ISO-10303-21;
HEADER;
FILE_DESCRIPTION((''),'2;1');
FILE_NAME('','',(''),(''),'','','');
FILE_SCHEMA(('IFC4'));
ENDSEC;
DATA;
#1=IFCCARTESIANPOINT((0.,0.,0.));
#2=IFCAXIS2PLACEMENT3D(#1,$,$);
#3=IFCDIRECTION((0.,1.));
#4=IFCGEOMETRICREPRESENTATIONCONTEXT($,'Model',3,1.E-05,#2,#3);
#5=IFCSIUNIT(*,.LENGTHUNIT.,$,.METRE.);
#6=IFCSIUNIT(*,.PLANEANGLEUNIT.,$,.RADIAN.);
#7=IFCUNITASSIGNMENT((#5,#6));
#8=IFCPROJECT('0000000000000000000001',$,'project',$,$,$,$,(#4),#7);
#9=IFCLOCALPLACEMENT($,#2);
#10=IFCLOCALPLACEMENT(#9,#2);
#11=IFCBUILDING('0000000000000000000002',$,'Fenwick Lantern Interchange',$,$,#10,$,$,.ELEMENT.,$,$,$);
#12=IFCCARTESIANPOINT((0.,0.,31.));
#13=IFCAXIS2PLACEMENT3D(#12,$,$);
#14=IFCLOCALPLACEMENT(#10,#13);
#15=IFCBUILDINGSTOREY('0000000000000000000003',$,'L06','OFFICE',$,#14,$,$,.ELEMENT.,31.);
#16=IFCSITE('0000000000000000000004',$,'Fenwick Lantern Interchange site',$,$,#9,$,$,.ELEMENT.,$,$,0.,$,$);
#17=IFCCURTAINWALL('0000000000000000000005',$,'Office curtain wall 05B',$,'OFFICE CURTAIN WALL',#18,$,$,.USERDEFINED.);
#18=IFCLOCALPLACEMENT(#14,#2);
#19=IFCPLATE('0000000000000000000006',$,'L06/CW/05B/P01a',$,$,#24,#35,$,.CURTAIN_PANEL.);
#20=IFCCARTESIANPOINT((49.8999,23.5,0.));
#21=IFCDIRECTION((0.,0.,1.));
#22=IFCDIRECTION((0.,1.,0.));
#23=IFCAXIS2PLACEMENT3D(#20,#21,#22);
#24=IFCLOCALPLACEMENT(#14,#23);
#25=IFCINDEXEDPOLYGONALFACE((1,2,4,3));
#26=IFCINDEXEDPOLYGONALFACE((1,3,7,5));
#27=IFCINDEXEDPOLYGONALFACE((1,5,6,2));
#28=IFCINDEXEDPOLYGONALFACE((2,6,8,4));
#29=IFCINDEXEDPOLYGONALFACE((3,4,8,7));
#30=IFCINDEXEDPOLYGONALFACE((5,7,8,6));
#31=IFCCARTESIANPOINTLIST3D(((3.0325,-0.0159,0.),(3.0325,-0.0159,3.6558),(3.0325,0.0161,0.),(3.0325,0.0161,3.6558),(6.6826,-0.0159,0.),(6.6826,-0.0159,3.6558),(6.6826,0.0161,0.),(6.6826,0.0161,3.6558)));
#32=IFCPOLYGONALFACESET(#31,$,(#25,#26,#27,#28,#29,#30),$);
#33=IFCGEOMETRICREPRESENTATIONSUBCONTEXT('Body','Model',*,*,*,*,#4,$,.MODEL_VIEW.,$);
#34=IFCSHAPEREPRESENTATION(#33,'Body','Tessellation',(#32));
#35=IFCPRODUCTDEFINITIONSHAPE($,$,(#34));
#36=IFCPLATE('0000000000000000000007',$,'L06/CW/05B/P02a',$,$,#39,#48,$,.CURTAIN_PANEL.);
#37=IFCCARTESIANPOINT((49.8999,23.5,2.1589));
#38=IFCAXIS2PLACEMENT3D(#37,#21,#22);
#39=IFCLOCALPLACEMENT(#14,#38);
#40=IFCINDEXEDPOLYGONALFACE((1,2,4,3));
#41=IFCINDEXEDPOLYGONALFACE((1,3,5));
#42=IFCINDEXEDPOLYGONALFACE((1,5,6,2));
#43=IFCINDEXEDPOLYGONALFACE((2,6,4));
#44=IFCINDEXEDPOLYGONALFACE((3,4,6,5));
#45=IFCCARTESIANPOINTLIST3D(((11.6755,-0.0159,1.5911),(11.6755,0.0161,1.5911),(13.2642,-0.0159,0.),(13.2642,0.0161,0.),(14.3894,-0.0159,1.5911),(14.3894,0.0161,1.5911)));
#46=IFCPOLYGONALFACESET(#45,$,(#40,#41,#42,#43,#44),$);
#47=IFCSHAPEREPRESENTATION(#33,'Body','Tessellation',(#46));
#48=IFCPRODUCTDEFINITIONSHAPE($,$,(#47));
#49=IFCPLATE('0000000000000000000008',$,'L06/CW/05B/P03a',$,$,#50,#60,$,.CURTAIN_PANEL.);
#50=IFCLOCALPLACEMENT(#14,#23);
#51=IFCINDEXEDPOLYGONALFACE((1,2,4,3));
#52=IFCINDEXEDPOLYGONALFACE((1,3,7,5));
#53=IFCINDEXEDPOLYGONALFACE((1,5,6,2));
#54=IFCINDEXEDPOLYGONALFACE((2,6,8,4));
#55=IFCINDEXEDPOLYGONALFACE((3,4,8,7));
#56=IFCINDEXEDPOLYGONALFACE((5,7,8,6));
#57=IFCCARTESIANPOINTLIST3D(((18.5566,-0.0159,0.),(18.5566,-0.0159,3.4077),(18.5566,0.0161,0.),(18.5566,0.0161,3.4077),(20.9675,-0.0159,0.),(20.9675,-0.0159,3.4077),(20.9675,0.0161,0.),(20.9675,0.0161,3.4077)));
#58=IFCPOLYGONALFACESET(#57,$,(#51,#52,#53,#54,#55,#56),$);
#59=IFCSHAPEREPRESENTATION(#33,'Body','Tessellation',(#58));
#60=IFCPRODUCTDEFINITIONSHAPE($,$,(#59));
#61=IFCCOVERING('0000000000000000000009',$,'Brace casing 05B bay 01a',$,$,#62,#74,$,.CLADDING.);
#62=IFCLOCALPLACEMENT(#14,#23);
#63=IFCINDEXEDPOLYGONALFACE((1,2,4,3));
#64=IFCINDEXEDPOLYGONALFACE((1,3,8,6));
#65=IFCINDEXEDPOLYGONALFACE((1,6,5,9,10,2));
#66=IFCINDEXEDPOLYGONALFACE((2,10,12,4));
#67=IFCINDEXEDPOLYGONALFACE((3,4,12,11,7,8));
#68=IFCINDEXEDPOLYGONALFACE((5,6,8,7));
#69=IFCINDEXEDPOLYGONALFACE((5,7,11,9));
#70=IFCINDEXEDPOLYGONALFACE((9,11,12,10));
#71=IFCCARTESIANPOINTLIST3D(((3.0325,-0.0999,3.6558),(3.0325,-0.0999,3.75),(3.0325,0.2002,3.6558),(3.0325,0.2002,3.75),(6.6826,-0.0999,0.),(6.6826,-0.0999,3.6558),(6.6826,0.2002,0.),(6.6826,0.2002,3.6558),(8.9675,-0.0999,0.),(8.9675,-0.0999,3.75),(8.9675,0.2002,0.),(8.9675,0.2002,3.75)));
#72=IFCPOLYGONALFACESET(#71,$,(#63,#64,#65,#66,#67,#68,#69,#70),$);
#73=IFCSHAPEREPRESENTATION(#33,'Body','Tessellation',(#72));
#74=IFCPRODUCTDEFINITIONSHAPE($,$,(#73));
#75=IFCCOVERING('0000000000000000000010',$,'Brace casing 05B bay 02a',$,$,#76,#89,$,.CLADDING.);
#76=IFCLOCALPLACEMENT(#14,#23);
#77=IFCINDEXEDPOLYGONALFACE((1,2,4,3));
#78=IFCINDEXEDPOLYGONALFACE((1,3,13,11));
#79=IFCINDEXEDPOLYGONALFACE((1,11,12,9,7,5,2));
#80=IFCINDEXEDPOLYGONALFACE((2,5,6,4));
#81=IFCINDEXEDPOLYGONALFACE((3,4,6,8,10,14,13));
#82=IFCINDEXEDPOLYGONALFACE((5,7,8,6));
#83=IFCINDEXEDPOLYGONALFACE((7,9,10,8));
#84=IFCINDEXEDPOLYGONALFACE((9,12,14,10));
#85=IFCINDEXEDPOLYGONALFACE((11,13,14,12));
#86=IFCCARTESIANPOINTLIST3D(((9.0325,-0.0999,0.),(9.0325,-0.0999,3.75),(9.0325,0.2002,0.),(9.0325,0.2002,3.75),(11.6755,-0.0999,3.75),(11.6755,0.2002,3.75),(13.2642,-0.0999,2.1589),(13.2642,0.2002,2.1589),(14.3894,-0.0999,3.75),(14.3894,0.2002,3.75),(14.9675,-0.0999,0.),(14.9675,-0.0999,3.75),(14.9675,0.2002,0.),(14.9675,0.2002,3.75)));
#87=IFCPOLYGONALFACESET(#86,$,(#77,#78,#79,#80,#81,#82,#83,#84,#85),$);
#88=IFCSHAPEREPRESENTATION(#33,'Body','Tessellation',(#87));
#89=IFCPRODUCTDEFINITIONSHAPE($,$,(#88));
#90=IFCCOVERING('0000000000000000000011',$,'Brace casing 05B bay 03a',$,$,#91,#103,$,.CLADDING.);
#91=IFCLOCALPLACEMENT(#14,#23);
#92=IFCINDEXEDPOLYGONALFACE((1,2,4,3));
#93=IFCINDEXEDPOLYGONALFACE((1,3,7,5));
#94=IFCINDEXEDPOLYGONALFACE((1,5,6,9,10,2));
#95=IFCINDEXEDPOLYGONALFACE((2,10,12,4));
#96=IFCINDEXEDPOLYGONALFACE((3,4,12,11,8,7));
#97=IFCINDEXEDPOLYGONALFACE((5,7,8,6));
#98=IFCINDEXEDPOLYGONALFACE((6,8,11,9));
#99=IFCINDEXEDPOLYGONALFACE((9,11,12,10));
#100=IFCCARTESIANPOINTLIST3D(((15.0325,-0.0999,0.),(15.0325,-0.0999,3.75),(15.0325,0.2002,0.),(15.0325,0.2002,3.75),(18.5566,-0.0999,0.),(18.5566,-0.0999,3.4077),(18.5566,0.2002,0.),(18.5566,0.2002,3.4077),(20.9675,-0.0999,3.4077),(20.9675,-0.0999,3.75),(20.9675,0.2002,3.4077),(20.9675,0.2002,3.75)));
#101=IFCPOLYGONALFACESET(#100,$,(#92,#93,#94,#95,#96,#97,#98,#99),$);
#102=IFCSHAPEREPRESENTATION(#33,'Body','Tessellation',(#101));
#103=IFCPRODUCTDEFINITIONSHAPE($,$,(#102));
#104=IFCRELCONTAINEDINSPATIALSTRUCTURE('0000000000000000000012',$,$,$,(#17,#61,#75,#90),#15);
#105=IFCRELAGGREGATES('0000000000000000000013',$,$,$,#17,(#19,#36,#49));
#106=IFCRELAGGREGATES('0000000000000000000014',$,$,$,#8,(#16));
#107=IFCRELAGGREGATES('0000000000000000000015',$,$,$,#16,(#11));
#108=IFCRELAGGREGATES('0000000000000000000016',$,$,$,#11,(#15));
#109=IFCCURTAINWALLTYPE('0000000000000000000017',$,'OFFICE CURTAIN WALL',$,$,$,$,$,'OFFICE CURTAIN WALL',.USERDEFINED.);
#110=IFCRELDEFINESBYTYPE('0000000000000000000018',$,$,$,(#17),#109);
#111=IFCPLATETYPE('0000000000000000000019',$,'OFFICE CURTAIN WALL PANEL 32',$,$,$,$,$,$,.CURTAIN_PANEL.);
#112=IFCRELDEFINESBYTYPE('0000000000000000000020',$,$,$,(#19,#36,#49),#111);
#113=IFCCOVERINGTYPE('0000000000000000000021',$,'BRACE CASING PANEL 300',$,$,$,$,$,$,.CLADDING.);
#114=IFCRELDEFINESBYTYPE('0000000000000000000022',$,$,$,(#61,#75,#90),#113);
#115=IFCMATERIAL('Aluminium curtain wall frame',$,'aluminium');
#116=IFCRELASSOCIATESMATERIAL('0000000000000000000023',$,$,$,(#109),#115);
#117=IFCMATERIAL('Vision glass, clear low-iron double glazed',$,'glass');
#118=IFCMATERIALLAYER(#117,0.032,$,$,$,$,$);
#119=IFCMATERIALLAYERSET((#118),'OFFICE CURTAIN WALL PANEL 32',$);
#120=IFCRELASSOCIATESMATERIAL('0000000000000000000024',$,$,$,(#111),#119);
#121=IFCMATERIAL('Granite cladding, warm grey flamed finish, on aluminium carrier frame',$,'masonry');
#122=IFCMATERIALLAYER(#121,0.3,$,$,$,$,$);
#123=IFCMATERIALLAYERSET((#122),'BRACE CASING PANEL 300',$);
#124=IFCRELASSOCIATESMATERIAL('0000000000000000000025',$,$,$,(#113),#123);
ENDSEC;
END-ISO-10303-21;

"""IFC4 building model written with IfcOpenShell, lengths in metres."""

from ifc_helpers import new_model, si_unit, direction, frame, origin, place, context, subcontext, project, spatial, polyline, outline, extrude, material, layer, layer_set, type_object, element, aggregate, save


model = new_model("IFC4")

# Units and contexts
model_context = context("Model", 3, precision=1e-05, world=origin(), true_north=direction((0.0, 1.0)))
body_context = subcontext(model_context, "Body", "Model", "MODEL_VIEW")
ifc_project = project(units=[si_unit("LENGTHUNIT", "METRE"), si_unit("PLANEANGLEUNIT", "RADIAN")], contexts=[model_context])

# Site, building, storey
site_placement = place(None, origin())
site = spatial("IfcSite", under=ifc_project, at=site_placement, Name="Fenwick Lantern Interchange site", CompositionType="ELEMENT", RefElevation=0.0)
building_placement = place(site_placement, origin())
building = spatial("IfcBuilding", under=site, at=building_placement, Name="Fenwick Lantern Interchange", CompositionType="ELEMENT")
storey_placement = place(building_placement, frame((0.0, 0.0, 31.0)))
storey = spatial("IfcBuildingStorey", under=building, at=storey_placement, Name="L06", Description="OFFICE", CompositionType="ELEMENT", Elevation=31.0)

# Shared definitions
ifc_material_1 = material(Name="Aluminium curtain wall frame", Category="aluminium")
curtain_wall_type = type_object("IfcCurtainWallType", Name="OFFICE CURTAIN WALL", ElementType="OFFICE CURTAIN WALL", PredefinedType="USERDEFINED", material=ifc_material_1)

# Curtain wall
curtain_wall_1_placement = place(storey_placement, origin())
curtain_wall_1 = element("IfcCurtainWall", 1, at=curtain_wall_1_placement, inside=storey, type_object=curtain_wall_type, Name="Office curtain wall 05B", ObjectType="OFFICE CURTAIN WALL", PredefinedType="USERDEFINED")

# Plates
ifc_material_2 = material(Name="Vision glass, clear low-iron double glazed", Category="glass")
ifc_layer_1 = layer(ifc_material_2, 0.032)
ifc_layer_set_1 = layer_set([ifc_layer_1], Name="OFFICE CURTAIN WALL PANEL 32")
plate_type = type_object("IfcPlateType", Name="OFFICE CURTAIN WALL PANEL 32", PredefinedType="CURTAIN_PANEL", material=ifc_layer_set_1)
plate_1_placement = place(storey_placement, frame((49.8999, 23.5, 0.0), z_axis=(0.0, 0.0, 1.0), x_axis=(0.0, 1.0, 0.0)))
plate_1 = element("IfcPlate", 2, at=plate_1_placement, type_object=plate_type, Name="L06/CW/05B/P01a", PredefinedType="CURTAIN_PANEL", context=body_context, shape_type="SweptSolid", body=[
    extrude(outline(polyline([(3.0325, 0.0), (6.6826, 0.0), (6.6826, 3.6558), (3.0325, 3.6558), (3.0325, 0.0)])), frame((0.0, 0.0161, 0.0), z_axis=(0.0, -1.0, 0.0), x_axis=(1.0, 0.0, 0.0)), (0.0, 0.0, 1.0), 0.032),
])
plate_2_placement = place(storey_placement, frame((49.8999, 23.5, 2.1589), z_axis=(0.0, 0.0, 1.0), x_axis=(0.0, 1.0, 0.0)))
plate_2 = element("IfcPlate", 3, at=plate_2_placement, type_object=plate_type, Name="L06/CW/05B/P02a", PredefinedType="CURTAIN_PANEL", context=body_context, shape_type="SweptSolid", body=[
    extrude(outline(polyline([(13.2642, 0.0), (14.3894, 1.5911), (11.6755, 1.5911), (13.2642, 0.0)])), frame((0.0, 0.0161, 0.0), z_axis=(0.0, -1.0, 0.0), x_axis=(1.0, 0.0, 0.0)), (0.0, 0.0, 1.0), 0.032),
])
plate_3_placement = place(storey_placement, frame((49.8999, 23.5, 0.0), z_axis=(0.0, 0.0, 1.0), x_axis=(0.0, 1.0, 0.0)))
plate_3 = element("IfcPlate", 4, at=plate_3_placement, type_object=plate_type, Name="L06/CW/05B/P03a", PredefinedType="CURTAIN_PANEL", context=body_context, shape_type="SweptSolid", body=[
    extrude(outline(polyline([(18.5566, 0.0), (20.9675, 0.0), (20.9675, 3.4077), (18.5566, 3.4077), (18.5566, 0.0)])), frame((0.0, 0.0161, 0.0), z_axis=(0.0, -1.0, 0.0), x_axis=(1.0, 0.0, 0.0)), (0.0, 0.0, 1.0), 0.032),
])
aggregate(curtain_wall_1, [plate_1, plate_2, plate_3])

# Coverings
ifc_material_3 = material(Name="Granite cladding, warm grey flamed finish, on aluminium carrier frame", Category="masonry")
ifc_layer_2 = layer(ifc_material_3, 0.3)
ifc_layer_set_2 = layer_set([ifc_layer_2], Name="BRACE CASING PANEL 300")
covering_type = type_object("IfcCoveringType", Name="BRACE CASING PANEL 300", PredefinedType="CLADDING", material=ifc_layer_set_2)
covering_1_placement = place(storey_placement, frame((49.8999, 23.5, 0.0), z_axis=(0.0, 0.0, 1.0), x_axis=(0.0, 1.0, 0.0)))
element("IfcCovering", 5, at=covering_1_placement, inside=storey, type_object=covering_type, Name="Brace casing 05B bay 01a", PredefinedType="CLADDING", context=body_context, shape_type="SweptSolid", body=[
    extrude(outline(polyline([(6.6826, 0.0), (8.9675, 0.0), (8.9675, 3.75), (3.0325, 3.75), (3.0325, 3.6558), (6.6826, 3.6558), (6.6826, 0.0)])), frame((0.0, 0.2002, 0.0), z_axis=(0.0, -1.0, 0.0), x_axis=(1.0, 0.0, 0.0)), (0.0, 0.0, 1.0), 0.3),
])
covering_2_placement = place(storey_placement, frame((49.8999, 23.5, 0.0), z_axis=(0.0, 0.0, 1.0), x_axis=(0.0, 1.0, 0.0)))
element("IfcCovering", 6, at=covering_2_placement, inside=storey, type_object=covering_type, Name="Brace casing 05B bay 02a", PredefinedType="CLADDING", context=body_context, shape_type="SweptSolid", body=[
    extrude(outline(polyline([(9.0325, 0.0), (14.9675, 0.0), (14.9675, 3.75), (14.3894, 3.75), (13.2642, 2.1589), (11.6755, 3.75), (9.0325, 3.75), (9.0325, 0.0)])), frame((0.0, 0.2002, 0.0), z_axis=(0.0, -1.0, 0.0), x_axis=(1.0, 0.0, 0.0)), (0.0, 0.0, 1.0), 0.3),
])
covering_3_placement = place(storey_placement, frame((49.8999, 23.5, 0.0), z_axis=(0.0, 0.0, 1.0), x_axis=(0.0, 1.0, 0.0)))
element("IfcCovering", 7, at=covering_3_placement, inside=storey, type_object=covering_type, Name="Brace casing 05B bay 03a", PredefinedType="CLADDING", context=body_context, shape_type="SweptSolid", body=[
    extrude(outline(polyline([(15.0325, 0.0), (18.5566, 0.0), (18.5566, 3.4077), (20.9675, 3.4077), (20.9675, 3.75), (15.0325, 3.75), (15.0325, 0.0)])), frame((0.0, 0.2002, 0.0), z_axis=(0.0, -1.0, 0.0), x_axis=(1.0, 0.0, 0.0)), (0.0, 0.0, 1.0), 0.3),
])

save(model, "model.ifc")
